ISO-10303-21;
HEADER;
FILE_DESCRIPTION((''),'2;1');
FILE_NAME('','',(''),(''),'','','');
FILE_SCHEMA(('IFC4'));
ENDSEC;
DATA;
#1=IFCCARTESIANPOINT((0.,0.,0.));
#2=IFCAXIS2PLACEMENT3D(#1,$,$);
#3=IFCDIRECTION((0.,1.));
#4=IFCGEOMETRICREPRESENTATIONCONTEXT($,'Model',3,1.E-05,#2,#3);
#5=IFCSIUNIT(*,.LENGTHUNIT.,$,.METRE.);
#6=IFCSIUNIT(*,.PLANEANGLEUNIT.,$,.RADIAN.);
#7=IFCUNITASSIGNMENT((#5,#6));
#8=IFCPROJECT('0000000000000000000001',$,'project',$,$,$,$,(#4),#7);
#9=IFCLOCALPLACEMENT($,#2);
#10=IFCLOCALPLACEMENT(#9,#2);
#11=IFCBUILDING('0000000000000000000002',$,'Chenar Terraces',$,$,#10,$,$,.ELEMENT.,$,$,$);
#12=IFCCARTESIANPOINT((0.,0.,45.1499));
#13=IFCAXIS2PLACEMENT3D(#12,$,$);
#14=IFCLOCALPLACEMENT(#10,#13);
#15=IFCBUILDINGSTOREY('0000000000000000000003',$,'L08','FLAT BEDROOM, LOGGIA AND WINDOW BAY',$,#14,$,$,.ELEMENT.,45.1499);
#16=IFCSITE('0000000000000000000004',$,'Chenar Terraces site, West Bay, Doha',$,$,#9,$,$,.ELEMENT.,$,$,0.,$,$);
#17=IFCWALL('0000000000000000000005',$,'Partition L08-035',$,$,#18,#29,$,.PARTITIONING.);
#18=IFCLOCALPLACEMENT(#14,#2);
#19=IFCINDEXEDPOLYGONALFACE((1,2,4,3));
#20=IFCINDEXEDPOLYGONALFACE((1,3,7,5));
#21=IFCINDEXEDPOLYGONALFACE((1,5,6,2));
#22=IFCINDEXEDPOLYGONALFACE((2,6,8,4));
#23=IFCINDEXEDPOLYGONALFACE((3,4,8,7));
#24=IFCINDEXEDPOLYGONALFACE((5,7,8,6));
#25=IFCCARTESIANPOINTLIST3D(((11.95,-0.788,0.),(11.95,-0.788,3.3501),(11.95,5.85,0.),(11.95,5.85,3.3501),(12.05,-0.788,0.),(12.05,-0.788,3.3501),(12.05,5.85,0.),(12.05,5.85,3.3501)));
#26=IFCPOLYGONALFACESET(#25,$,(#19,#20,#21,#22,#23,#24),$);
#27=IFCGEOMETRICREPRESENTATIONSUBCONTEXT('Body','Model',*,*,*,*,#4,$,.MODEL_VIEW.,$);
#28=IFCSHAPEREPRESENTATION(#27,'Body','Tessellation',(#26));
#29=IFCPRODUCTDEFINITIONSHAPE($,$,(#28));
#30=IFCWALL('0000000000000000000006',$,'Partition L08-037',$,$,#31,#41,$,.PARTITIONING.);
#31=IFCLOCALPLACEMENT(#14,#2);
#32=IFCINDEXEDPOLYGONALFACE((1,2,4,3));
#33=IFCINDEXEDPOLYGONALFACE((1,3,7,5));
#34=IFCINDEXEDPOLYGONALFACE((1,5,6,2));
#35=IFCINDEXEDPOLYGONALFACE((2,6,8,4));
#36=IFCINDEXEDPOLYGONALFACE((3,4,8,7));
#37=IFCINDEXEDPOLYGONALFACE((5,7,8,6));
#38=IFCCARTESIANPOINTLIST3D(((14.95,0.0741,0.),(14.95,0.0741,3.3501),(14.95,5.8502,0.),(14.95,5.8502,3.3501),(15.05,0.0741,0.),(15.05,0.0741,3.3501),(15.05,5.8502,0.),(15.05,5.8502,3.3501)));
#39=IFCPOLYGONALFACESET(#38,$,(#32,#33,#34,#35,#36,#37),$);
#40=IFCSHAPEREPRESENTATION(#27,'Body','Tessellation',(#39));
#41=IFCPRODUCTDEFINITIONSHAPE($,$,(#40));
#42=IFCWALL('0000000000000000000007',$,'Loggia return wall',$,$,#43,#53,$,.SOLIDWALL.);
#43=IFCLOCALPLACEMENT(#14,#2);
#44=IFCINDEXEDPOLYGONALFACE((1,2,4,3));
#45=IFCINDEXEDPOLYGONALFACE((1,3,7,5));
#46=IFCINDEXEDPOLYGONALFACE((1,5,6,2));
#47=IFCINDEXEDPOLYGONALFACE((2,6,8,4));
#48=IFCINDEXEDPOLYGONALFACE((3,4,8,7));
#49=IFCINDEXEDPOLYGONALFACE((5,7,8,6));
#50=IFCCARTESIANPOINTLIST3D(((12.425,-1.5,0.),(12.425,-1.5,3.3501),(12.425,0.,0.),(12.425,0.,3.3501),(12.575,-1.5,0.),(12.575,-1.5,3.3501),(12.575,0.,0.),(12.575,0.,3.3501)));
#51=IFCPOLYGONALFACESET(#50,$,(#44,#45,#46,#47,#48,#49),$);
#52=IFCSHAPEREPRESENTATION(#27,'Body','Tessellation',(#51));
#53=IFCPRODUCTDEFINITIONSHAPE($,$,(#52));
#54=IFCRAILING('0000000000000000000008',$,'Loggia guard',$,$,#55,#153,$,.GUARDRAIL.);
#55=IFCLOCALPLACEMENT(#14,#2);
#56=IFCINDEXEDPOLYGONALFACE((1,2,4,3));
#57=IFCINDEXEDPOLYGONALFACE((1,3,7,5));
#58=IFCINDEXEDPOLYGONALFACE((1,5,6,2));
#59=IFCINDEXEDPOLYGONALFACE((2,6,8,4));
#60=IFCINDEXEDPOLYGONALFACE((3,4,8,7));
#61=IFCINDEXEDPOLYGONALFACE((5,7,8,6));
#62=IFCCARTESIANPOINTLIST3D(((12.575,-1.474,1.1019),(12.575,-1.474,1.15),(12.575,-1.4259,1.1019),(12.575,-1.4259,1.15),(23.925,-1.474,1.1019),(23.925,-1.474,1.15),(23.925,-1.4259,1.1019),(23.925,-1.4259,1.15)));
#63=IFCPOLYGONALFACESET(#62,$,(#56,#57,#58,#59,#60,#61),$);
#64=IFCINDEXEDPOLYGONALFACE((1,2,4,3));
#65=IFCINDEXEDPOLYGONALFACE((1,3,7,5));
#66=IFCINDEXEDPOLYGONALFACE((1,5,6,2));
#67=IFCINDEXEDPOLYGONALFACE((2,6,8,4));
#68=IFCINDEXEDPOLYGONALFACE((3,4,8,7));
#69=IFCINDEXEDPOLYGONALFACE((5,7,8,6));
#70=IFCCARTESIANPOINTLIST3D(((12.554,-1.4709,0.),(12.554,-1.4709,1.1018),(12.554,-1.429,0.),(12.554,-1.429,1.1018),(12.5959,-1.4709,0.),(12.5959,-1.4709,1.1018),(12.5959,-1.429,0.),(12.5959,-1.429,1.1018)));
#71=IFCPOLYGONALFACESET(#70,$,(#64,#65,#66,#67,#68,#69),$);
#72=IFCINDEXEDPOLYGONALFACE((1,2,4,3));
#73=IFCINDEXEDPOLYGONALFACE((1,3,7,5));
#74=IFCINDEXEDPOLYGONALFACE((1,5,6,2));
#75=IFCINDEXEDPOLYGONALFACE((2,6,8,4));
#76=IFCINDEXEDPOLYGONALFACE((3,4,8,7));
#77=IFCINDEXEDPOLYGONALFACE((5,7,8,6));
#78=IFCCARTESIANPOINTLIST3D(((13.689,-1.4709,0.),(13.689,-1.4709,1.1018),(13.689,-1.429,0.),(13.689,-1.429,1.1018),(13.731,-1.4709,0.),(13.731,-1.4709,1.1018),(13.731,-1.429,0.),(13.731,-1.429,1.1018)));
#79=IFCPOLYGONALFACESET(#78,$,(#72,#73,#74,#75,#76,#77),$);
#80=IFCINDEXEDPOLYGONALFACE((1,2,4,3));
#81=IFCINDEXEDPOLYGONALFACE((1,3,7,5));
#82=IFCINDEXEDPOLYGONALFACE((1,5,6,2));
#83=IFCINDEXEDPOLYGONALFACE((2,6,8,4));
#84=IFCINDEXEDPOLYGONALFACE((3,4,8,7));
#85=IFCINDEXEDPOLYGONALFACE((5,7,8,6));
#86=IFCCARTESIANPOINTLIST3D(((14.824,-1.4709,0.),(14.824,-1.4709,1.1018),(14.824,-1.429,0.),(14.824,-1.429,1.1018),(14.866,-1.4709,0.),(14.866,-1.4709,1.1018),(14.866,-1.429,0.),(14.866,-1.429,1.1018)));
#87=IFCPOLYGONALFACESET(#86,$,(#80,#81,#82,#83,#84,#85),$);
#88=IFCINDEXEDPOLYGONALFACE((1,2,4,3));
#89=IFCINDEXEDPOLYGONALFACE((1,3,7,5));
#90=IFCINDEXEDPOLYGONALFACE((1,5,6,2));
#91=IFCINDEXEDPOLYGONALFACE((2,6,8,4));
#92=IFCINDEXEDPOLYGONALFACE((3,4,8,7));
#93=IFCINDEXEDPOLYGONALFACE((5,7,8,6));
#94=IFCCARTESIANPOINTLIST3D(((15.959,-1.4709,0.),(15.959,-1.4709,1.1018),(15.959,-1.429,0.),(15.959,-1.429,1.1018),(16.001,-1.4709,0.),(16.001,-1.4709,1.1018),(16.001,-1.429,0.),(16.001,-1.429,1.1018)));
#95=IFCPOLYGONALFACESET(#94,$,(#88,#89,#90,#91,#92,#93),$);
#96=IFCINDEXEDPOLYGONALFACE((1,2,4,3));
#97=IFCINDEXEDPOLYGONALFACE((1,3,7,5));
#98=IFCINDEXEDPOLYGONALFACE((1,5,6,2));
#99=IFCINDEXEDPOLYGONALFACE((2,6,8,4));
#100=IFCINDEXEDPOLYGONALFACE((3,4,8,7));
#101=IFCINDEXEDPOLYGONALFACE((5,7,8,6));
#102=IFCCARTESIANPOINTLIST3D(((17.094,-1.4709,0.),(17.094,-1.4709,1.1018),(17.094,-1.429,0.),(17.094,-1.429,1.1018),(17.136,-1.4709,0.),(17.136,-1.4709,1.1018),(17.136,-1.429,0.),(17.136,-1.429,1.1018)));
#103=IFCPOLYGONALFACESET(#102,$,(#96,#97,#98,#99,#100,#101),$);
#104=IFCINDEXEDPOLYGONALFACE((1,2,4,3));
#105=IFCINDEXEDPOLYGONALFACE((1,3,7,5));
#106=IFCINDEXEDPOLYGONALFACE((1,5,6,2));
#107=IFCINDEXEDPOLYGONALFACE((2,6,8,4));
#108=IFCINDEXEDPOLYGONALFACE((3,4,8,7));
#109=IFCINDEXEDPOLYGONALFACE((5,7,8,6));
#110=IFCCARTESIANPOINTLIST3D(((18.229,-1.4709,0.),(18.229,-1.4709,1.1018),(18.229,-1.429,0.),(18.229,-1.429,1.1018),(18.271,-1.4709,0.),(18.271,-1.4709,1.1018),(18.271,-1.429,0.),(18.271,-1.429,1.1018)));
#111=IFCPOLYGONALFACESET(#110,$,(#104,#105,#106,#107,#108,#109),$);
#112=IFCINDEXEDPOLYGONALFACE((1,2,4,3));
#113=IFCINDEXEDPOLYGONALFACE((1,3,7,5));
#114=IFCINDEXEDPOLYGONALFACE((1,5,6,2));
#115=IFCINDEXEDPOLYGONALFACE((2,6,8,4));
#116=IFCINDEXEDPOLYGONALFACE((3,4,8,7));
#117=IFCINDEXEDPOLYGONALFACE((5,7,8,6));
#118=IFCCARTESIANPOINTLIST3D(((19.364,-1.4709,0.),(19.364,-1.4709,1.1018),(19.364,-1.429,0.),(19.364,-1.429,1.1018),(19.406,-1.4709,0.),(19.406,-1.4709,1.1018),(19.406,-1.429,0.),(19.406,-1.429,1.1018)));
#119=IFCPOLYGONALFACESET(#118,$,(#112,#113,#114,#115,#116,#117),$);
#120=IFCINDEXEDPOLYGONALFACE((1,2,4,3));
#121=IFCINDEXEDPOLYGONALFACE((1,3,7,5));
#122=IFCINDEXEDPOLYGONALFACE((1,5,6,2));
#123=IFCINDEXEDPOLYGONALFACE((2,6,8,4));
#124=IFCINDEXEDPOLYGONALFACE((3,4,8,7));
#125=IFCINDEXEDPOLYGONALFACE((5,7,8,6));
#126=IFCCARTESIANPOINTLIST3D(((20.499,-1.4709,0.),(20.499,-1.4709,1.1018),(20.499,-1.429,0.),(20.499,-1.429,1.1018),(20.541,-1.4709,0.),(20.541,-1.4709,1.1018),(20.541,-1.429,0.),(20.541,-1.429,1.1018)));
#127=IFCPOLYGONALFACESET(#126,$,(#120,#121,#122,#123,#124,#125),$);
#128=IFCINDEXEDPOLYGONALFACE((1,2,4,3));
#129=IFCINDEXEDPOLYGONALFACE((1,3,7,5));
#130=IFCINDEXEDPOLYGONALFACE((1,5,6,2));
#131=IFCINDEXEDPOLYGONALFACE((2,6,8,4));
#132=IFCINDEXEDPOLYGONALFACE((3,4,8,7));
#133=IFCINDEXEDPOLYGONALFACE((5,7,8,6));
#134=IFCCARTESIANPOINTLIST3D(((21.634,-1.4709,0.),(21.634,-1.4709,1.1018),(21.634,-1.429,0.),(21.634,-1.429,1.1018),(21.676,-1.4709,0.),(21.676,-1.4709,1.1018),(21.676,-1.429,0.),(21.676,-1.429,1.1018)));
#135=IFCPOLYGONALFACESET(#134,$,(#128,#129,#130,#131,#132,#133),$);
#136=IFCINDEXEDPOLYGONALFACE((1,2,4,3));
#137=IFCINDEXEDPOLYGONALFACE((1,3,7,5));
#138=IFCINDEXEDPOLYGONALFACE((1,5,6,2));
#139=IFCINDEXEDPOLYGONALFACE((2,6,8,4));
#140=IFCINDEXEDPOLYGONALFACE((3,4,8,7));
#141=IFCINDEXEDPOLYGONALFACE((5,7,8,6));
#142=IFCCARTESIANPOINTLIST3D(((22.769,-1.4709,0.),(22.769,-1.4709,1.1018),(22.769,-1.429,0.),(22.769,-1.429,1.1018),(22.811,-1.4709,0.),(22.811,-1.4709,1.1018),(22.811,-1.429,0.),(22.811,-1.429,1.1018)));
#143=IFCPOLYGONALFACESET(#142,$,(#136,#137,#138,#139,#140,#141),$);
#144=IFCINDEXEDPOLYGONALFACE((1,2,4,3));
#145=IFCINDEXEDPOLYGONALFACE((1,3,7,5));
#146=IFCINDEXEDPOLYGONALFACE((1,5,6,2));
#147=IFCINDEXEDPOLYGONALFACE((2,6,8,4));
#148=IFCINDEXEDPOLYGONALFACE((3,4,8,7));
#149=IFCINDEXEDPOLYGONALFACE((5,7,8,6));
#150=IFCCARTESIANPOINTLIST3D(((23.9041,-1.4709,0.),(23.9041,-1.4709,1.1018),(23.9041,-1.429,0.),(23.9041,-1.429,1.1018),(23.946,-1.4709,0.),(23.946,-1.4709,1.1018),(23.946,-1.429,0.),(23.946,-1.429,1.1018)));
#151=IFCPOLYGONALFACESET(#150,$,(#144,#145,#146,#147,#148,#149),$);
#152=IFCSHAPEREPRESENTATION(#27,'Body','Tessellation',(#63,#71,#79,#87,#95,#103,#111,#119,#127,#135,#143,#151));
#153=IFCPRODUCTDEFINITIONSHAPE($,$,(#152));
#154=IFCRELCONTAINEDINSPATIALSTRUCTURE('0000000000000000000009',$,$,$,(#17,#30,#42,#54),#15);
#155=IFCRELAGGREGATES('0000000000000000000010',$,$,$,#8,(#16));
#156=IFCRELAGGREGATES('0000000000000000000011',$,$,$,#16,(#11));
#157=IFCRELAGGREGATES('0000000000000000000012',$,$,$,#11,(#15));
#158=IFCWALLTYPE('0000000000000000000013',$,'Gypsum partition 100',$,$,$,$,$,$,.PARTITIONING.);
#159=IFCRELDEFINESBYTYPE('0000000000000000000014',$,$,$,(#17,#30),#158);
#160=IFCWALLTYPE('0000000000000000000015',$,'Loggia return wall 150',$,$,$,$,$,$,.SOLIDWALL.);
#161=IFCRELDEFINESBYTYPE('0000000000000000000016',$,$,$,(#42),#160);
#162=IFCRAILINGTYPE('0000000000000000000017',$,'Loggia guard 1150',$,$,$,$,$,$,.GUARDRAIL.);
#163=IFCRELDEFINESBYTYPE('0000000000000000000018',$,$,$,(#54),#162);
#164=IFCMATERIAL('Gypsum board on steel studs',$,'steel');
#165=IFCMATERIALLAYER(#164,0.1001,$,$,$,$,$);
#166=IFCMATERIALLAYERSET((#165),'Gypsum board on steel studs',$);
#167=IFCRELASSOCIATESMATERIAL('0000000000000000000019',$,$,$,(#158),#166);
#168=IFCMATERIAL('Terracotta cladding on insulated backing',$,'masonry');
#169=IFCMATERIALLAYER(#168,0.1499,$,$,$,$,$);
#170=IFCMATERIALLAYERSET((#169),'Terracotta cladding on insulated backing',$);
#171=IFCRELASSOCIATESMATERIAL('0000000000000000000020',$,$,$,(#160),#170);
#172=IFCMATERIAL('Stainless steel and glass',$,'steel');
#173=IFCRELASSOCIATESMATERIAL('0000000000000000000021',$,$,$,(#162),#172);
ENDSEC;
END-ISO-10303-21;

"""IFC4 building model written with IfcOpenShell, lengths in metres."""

from ifc_helpers import new_model, si_unit, direction, frame, frame_2d, origin, origin_2d, place, context, subcontext, project, spatial, rectangle, extrude, material, layer, layer_set, type_object, element, save


model = new_model("IFC4")

# Units and contexts
model_context = context("Model", 3, precision=1e-05, world=origin(), true_north=direction((0.0, 1.0)))
body_context = subcontext(model_context, "Body", "Model", "MODEL_VIEW")
ifc_project = project(units=[si_unit("LENGTHUNIT", "METRE"), si_unit("PLANEANGLEUNIT", "RADIAN")], contexts=[model_context])

# Site, building, storey
site_placement = place(None, origin())
site = spatial("IfcSite", under=ifc_project, at=site_placement, Name="Chenar Terraces site, West Bay, Doha", CompositionType="ELEMENT", RefElevation=0.0)
building_placement = place(site_placement, origin())
building = spatial("IfcBuilding", under=site, at=building_placement, Name="Chenar Terraces", CompositionType="ELEMENT")
storey_placement = place(building_placement, frame((0.0, 0.0, 45.1499)))
storey = spatial("IfcBuildingStorey", under=building, at=storey_placement, Name="L08", Description="FLAT BEDROOM, LOGGIA AND WINDOW BAY", CompositionType="ELEMENT", Elevation=45.1499)

# Shared definitions
ifc_material_1 = material(Name="Gypsum board on steel studs", Category="steel")
ifc_layer_1 = layer(ifc_material_1, 0.1001)
ifc_layer_set_1 = layer_set([ifc_layer_1], Name="Gypsum board on steel studs")
wall_type_1 = type_object("IfcWallType", Name="Gypsum partition 100", PredefinedType="PARTITIONING", material=ifc_layer_set_1)

# Walls
wall_1_placement = place(storey_placement, frame((12.0, -0.7878, 0.0), z_axis=(0.0, 0.0, 1.0), x_axis=(0.0, 1.0, 0.0)))
element("IfcWall", 1, at=wall_1_placement, inside=storey, type_object=wall_type_1, Name="Partition L08-035", PredefinedType="PARTITIONING", context=body_context, shape_type="SweptSolid", body=[
    extrude(rectangle(XDim=6.6379, YDim=0.1001, at=frame_2d((3.3188, 0.0))), origin(), (0.0, 0.0, 1.0), 3.3501),
])
wall_2_placement = place(storey_placement, frame((15.0, 0.074, 0.0), z_axis=(0.0, 0.0, 1.0), x_axis=(0.0, 1.0, 0.0)))
element("IfcWall", 2, at=wall_2_placement, inside=storey, type_object=wall_type_1, Name="Partition L08-037", PredefinedType="PARTITIONING", context=body_context, shape_type="SweptSolid", body=[
    extrude(rectangle(XDim=5.7761, YDim=0.1001, at=frame_2d((2.8882, 0.0))), origin(), (0.0, 0.0, 1.0), 3.3501),
])
ifc_material_2 = material(Name="Terracotta cladding on insulated backing", Category="masonry")
ifc_layer_2 = layer(ifc_material_2, 0.1499)
ifc_layer_set_2 = layer_set([ifc_layer_2], Name="Terracotta cladding on insulated backing")
wall_type_2 = type_object("IfcWallType", Name="Loggia return wall 150", PredefinedType="SOLIDWALL", material=ifc_layer_set_2)
wall_3_placement = place(storey_placement, frame((12.5, -1.5, 0.0), z_axis=(0.0, 0.0, 1.0), x_axis=(0.0, 1.0, 0.0)))
element("IfcWall", 3, at=wall_3_placement, inside=storey, type_object=wall_type_2, Name="Loggia return wall", PredefinedType="SOLIDWALL", context=body_context, shape_type="SweptSolid", body=[
    extrude(rectangle(XDim=1.5, YDim=0.1499, at=frame_2d((0.75, 0.0))), origin(), (0.0, 0.0, 1.0), 3.3501),
])

# Railing
ifc_material_3 = material(Name="Stainless steel and glass", Category="steel")
railing_type = type_object("IfcRailingType", Name="Loggia guard 1150", PredefinedType="GUARDRAIL", material=ifc_material_3)
railing_placement = place(storey_placement, frame((12.575, -1.45, 0.0)))
element("IfcRailing", 4, at=railing_placement, inside=storey, type_object=railing_type, Name="Loggia guard", PredefinedType="GUARDRAIL", context=body_context, shape_type="SweptSolid", body=[
    extrude(rectangle(XDim=0.0481, YDim=0.0481, at=origin_2d()), frame((0.0, 0.0, 1.126), z_axis=(1.0, 0.0, 0.0), x_axis=(0.0, 1.0, 0.0)), (0.0, 0.0, 1.0), 11.3501),
    extrude(rectangle(XDim=0.042, YDim=0.042, at=origin_2d()), origin(), (0.0, 0.0, 1.0), 1.1018),
    extrude(rectangle(XDim=0.042, YDim=0.042, at=origin_2d()), frame((1.135, 0.0, 0.0)), (0.0, 0.0, 1.0), 1.1018),
    extrude(rectangle(XDim=0.042, YDim=0.042, at=origin_2d()), frame((2.27, 0.0, 0.0)), (0.0, 0.0, 1.0), 1.1018),
    extrude(rectangle(XDim=0.042, YDim=0.042, at=origin_2d()), frame((3.405, 0.0, 0.0)), (0.0, 0.0, 1.0), 1.1018),
    extrude(rectangle(XDim=0.042, YDim=0.042, at=origin_2d()), frame((4.54, 0.0, 0.0)), (0.0, 0.0, 1.0), 1.1018),
    extrude(rectangle(XDim=0.042, YDim=0.042, at=origin_2d()), frame((5.675, 0.0, 0.0)), (0.0, 0.0, 1.0), 1.1018),
    extrude(rectangle(XDim=0.042, YDim=0.042, at=origin_2d()), frame((6.8101, 0.0, 0.0)), (0.0, 0.0, 1.0), 1.1018),
    extrude(rectangle(XDim=0.042, YDim=0.042, at=origin_2d()), frame((7.9451, 0.0, 0.0)), (0.0, 0.0, 1.0), 1.1018),
    extrude(rectangle(XDim=0.042, YDim=0.042, at=origin_2d()), frame((9.0801, 0.0, 0.0)), (0.0, 0.0, 1.0), 1.1018),
    extrude(rectangle(XDim=0.042, YDim=0.042, at=origin_2d()), frame((10.2151, 0.0, 0.0)), (0.0, 0.0, 1.0), 1.1018),
    extrude(rectangle(XDim=0.042, YDim=0.042, at=origin_2d()), frame((11.3501, 0.0, 0.0)), (0.0, 0.0, 1.0), 1.1018),
])

save(model, "model.ifc")
